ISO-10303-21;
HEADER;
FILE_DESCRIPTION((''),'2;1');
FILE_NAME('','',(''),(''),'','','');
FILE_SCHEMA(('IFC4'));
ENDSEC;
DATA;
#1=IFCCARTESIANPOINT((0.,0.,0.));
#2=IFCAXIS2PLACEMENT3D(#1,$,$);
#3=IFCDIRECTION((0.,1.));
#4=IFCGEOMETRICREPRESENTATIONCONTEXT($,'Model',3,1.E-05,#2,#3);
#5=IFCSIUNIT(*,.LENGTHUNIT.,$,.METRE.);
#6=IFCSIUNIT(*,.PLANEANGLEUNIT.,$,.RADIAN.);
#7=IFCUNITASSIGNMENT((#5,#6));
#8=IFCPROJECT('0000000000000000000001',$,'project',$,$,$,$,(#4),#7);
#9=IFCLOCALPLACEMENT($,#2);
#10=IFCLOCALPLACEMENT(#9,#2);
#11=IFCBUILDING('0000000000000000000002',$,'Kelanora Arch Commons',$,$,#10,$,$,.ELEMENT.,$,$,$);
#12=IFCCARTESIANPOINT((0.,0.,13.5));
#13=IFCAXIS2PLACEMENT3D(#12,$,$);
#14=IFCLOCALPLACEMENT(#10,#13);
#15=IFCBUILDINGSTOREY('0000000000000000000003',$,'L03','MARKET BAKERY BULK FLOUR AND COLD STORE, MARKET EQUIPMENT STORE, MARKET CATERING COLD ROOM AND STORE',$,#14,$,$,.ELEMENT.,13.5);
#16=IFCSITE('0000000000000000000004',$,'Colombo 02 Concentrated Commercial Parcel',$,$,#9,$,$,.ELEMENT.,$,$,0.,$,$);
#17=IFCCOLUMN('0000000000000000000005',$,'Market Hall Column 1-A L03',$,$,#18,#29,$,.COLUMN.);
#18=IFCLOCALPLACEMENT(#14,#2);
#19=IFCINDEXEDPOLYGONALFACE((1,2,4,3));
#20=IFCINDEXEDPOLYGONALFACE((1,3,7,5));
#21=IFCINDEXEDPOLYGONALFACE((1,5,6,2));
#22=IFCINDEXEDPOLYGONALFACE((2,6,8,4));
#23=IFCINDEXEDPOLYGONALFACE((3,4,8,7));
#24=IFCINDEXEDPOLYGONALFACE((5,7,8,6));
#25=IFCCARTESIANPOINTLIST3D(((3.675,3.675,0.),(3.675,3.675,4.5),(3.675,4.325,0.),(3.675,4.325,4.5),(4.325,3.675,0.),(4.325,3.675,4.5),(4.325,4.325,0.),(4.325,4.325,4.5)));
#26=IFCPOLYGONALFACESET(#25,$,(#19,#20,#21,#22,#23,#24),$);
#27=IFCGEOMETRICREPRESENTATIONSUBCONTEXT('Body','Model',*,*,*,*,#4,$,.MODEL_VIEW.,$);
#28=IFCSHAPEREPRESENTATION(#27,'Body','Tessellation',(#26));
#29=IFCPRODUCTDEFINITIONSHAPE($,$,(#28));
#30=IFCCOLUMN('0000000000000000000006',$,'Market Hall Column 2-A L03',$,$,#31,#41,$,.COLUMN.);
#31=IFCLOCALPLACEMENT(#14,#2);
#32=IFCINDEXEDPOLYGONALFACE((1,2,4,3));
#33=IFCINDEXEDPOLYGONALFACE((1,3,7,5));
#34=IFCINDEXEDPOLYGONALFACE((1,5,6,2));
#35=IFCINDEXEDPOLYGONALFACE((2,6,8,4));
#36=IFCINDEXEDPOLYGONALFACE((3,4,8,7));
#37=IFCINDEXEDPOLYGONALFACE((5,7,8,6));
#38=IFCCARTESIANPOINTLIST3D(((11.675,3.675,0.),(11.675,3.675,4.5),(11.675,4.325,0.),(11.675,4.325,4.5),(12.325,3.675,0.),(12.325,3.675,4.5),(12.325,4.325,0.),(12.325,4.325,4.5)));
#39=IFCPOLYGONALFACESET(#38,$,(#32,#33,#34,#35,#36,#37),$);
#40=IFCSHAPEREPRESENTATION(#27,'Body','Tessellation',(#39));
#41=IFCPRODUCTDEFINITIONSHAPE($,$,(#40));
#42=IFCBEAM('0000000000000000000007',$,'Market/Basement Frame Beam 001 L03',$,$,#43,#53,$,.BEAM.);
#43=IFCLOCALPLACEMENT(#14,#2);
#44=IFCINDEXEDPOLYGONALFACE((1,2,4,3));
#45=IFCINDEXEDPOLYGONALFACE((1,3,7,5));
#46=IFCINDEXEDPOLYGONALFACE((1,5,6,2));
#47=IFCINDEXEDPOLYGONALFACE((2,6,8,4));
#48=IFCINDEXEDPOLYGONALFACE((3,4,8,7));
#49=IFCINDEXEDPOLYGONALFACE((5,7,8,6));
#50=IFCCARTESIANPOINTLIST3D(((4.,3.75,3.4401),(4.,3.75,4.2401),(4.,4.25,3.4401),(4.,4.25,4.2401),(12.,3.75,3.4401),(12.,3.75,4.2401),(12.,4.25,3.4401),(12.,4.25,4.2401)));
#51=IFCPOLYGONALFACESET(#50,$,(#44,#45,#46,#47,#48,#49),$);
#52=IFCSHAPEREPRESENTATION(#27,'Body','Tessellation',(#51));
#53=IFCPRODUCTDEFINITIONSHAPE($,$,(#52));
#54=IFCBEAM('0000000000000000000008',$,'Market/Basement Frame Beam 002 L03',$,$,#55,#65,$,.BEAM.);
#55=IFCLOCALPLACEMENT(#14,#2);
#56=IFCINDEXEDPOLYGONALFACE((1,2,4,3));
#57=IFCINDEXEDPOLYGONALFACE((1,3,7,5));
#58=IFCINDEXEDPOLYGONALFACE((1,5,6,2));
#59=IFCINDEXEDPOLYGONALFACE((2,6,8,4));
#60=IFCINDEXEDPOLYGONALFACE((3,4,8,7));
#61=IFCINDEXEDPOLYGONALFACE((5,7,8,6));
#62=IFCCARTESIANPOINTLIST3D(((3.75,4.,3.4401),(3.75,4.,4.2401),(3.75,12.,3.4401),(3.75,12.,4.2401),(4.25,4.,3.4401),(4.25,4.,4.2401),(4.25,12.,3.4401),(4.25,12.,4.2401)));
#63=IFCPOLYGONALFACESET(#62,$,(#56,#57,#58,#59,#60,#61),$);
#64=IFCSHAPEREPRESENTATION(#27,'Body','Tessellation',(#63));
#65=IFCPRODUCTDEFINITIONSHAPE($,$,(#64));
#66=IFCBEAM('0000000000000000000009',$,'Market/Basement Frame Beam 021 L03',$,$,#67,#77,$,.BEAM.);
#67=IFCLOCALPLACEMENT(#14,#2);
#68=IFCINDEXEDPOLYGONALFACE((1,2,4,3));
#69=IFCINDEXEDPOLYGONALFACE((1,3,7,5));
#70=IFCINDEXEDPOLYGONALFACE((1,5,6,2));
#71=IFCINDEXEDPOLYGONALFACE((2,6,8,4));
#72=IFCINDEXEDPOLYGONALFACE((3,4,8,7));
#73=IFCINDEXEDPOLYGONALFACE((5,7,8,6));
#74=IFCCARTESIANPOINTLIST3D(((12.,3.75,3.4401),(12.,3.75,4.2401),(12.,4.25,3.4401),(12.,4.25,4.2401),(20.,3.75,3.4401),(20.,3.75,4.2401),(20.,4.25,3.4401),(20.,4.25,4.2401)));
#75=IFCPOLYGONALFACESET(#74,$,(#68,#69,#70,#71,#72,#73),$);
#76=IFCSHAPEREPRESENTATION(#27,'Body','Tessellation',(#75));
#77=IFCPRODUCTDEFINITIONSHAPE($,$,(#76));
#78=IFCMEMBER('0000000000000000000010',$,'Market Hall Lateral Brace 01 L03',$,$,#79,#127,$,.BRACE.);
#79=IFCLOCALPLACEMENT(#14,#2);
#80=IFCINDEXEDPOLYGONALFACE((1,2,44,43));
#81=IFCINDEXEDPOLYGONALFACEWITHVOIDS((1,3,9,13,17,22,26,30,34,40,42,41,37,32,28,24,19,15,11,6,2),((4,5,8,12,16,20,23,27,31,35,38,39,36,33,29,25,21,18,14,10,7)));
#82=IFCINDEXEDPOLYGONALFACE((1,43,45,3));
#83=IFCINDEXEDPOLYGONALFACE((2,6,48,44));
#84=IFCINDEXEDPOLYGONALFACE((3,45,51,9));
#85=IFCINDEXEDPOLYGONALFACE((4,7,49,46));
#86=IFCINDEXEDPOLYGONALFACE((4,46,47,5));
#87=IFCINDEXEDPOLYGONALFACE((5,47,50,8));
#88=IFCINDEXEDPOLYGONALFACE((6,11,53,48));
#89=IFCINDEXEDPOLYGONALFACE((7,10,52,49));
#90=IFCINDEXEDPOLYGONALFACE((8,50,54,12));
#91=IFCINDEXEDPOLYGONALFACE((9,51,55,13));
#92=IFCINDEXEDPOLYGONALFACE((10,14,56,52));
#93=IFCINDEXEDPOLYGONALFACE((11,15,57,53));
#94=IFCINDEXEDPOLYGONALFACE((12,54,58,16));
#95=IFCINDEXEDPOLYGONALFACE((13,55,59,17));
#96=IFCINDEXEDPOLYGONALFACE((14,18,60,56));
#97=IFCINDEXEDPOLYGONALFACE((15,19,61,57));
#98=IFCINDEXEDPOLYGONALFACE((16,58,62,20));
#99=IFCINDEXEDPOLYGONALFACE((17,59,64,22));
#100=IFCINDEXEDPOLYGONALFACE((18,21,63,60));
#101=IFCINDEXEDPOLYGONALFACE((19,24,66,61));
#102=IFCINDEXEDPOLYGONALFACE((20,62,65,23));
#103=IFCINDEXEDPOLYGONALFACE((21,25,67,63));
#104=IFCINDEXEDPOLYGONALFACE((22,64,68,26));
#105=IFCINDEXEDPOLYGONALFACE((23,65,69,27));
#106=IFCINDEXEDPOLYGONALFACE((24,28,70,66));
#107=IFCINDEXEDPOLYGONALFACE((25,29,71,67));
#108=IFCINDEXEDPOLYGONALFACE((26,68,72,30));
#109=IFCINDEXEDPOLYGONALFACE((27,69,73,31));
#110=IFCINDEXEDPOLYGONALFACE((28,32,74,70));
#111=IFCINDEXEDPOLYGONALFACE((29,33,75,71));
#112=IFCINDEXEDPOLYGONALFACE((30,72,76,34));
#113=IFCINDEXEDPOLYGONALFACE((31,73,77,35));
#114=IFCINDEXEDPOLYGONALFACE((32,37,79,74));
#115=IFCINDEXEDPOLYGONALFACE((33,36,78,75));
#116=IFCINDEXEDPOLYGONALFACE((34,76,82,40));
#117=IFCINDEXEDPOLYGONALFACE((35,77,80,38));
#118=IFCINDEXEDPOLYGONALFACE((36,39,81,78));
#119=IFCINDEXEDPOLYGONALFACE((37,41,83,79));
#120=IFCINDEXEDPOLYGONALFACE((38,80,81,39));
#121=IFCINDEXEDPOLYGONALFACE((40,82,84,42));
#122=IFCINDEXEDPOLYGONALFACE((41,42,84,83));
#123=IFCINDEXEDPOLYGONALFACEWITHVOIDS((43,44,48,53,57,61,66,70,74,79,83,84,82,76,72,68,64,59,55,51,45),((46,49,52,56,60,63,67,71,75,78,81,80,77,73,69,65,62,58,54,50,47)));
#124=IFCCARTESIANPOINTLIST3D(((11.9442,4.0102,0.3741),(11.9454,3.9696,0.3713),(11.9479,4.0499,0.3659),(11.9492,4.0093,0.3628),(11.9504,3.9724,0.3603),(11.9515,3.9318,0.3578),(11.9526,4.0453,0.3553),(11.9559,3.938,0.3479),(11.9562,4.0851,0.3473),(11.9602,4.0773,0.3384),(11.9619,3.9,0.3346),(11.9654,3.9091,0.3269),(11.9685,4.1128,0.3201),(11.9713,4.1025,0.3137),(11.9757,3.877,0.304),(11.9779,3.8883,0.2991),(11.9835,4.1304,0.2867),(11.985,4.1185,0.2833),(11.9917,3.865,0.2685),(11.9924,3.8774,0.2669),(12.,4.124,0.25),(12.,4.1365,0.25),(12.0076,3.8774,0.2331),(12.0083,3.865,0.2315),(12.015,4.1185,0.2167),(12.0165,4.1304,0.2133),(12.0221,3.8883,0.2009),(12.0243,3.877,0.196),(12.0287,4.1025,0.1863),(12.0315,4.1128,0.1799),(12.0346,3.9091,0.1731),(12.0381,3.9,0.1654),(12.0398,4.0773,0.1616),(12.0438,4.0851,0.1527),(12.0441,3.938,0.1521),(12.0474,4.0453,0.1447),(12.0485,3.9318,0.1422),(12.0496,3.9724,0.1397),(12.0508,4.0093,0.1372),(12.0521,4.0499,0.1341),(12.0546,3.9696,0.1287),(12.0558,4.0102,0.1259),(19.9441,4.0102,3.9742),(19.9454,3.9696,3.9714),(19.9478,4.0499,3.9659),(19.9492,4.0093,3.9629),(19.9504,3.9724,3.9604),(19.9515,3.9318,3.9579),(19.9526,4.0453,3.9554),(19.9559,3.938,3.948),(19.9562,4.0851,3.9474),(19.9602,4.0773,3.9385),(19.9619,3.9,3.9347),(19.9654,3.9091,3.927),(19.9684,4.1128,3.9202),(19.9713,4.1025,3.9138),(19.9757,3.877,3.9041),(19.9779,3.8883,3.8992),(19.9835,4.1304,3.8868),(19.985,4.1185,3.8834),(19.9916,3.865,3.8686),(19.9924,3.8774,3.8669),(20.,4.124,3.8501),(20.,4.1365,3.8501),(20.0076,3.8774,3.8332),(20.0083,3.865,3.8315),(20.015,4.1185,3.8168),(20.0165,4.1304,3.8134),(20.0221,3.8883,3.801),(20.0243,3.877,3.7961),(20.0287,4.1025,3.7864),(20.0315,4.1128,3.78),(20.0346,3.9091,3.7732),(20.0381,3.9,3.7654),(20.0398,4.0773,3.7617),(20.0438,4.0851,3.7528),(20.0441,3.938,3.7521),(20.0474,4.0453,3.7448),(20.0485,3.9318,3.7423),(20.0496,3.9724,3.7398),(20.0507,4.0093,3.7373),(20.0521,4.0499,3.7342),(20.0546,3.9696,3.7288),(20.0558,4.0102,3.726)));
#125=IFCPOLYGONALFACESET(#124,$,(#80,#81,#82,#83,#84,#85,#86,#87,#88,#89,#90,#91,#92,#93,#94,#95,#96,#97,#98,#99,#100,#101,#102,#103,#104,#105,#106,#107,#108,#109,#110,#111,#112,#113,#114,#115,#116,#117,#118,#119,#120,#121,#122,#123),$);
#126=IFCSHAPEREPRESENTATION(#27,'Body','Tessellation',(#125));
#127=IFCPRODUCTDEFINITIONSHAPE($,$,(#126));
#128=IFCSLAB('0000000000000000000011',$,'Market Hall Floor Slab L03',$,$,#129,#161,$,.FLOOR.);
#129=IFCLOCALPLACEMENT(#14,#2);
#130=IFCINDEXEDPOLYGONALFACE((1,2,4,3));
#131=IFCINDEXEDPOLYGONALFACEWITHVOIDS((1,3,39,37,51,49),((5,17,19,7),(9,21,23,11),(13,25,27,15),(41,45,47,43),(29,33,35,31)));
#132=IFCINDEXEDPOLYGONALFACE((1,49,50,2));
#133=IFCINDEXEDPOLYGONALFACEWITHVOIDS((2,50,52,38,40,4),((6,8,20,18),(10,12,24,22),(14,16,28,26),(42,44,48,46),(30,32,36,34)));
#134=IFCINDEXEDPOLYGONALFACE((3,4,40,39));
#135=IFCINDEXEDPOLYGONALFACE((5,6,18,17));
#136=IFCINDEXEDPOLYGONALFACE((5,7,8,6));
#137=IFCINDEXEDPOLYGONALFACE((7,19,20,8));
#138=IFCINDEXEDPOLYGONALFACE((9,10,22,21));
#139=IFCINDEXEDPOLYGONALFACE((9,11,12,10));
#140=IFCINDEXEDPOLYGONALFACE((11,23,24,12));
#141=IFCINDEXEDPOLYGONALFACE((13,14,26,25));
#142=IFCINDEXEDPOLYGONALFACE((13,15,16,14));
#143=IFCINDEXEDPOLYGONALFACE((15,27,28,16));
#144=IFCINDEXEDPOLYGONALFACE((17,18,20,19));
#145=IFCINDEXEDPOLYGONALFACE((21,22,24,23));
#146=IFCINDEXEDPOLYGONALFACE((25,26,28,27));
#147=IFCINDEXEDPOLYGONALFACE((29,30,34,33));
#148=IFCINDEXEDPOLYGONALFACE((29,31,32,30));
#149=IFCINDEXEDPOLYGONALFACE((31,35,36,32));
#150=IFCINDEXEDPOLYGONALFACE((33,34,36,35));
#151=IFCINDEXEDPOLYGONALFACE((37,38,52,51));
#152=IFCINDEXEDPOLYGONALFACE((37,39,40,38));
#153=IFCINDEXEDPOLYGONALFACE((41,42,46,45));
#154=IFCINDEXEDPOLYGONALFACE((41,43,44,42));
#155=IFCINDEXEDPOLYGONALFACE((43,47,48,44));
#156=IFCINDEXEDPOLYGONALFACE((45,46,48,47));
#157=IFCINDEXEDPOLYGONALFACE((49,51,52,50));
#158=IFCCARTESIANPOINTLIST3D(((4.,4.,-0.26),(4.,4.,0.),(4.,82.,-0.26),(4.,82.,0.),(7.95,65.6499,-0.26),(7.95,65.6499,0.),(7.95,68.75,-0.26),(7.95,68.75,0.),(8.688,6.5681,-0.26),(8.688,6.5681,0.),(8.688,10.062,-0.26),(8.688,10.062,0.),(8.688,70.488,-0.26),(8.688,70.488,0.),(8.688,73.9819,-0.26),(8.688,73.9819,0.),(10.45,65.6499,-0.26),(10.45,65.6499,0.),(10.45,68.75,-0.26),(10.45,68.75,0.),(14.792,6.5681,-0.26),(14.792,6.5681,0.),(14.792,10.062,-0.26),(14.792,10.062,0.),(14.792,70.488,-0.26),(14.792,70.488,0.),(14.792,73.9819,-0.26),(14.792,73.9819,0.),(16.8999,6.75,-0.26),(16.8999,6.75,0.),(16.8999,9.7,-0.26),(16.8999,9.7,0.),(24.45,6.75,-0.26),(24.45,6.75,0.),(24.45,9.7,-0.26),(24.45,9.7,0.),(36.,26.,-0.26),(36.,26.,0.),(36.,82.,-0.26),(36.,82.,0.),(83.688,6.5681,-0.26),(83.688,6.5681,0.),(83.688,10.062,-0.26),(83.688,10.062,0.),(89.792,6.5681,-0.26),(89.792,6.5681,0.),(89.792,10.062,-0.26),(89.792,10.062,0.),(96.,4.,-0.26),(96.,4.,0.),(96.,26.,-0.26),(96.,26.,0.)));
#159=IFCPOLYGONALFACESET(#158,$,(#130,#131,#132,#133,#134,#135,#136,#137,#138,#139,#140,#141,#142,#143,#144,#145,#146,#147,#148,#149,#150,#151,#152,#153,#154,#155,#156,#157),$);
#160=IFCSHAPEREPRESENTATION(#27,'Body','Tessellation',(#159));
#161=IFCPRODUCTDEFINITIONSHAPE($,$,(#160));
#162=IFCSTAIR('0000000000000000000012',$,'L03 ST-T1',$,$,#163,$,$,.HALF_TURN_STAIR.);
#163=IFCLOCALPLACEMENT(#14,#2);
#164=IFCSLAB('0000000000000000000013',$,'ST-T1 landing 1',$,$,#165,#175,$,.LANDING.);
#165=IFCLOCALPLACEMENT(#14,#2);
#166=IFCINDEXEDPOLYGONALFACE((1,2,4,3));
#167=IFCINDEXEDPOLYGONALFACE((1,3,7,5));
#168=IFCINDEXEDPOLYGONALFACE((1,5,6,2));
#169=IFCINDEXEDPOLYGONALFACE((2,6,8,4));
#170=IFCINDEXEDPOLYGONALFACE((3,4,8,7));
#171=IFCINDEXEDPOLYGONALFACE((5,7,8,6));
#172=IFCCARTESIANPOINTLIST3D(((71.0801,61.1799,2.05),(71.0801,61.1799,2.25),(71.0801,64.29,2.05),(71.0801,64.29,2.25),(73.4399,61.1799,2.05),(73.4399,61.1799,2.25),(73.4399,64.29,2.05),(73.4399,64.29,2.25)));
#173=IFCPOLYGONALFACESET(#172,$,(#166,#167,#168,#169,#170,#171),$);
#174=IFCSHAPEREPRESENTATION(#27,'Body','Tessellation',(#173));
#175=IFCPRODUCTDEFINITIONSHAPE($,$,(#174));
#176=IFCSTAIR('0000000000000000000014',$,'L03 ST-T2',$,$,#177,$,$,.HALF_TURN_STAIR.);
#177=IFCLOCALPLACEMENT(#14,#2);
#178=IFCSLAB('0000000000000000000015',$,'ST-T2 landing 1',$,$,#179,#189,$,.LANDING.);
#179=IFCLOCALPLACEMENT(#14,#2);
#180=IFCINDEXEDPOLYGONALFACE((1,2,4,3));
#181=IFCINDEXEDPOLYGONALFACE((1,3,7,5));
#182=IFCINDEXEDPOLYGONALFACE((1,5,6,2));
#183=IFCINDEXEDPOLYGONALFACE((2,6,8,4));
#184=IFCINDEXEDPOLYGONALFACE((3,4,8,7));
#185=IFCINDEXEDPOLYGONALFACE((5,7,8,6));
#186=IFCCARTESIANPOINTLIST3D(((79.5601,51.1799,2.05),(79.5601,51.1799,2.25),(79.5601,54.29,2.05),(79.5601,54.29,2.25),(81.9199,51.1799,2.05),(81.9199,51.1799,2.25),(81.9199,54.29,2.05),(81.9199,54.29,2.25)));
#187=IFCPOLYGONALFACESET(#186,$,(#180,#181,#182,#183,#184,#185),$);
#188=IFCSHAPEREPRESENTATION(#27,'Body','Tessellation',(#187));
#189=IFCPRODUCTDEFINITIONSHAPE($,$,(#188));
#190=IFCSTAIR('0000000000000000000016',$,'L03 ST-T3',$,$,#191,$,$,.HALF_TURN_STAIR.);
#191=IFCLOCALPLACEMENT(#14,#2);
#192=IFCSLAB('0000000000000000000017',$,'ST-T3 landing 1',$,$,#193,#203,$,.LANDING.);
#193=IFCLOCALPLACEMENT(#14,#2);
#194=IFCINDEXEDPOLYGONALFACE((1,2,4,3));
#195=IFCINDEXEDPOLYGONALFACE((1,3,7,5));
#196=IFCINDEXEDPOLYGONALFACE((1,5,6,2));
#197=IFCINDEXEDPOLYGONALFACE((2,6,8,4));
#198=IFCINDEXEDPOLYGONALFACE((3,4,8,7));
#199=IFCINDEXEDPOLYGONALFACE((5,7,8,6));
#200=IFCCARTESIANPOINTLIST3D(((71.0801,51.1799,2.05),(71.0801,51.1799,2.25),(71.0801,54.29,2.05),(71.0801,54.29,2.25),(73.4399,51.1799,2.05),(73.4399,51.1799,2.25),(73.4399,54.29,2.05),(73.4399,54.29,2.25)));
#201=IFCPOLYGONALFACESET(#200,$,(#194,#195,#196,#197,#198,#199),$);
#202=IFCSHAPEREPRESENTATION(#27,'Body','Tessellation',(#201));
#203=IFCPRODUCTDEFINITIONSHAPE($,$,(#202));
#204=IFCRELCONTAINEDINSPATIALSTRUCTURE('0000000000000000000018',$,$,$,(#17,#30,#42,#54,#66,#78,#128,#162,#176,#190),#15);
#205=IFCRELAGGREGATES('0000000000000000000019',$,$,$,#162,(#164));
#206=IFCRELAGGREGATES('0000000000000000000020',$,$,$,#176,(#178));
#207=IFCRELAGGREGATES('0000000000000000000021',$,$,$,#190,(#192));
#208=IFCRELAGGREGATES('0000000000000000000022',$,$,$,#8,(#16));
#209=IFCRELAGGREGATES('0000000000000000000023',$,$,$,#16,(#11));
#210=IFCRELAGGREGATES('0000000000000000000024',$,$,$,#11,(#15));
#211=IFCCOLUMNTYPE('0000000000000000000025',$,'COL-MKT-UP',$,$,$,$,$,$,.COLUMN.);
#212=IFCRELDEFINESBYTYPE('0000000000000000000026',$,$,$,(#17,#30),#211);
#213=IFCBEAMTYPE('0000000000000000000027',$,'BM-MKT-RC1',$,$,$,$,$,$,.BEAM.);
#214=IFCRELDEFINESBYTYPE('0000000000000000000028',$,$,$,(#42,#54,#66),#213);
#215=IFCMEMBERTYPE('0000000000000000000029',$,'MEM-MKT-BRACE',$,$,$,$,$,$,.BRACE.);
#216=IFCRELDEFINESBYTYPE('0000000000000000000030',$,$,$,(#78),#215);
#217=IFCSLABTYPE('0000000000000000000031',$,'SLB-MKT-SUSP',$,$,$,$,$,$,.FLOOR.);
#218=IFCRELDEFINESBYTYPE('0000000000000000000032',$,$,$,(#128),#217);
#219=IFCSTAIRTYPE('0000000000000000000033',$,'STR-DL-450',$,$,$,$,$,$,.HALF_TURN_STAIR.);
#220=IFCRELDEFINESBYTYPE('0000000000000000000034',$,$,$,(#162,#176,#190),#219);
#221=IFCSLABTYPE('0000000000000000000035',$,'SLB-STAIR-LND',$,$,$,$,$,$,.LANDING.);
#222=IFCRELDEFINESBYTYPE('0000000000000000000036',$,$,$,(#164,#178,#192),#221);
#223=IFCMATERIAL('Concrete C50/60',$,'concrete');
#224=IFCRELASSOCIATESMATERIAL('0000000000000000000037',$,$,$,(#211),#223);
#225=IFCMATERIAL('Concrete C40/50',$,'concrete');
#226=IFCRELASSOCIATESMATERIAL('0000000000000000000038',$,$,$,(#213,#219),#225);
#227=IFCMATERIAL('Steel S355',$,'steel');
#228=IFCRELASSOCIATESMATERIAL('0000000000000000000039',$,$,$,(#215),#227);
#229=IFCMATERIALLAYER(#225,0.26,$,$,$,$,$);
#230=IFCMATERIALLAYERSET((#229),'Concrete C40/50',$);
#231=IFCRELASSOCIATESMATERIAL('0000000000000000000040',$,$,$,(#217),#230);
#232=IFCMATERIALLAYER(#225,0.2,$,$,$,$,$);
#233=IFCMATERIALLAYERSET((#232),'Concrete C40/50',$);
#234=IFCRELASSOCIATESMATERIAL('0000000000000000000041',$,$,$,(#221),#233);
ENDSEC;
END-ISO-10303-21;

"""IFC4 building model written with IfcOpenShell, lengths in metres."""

from ifc_helpers import new_model, si_unit, direction, frame, origin, origin_2d, place, context, subcontext, project, spatial, polyline, rectangle, hollow_circle, outline, extrude, material, layer, layer_set, material_profile, profile_set, type_object, element, aggregate, save


model = new_model("IFC4")

# Units and contexts
model_context = context("Model", 3, precision=1e-05, world=origin(), true_north=direction((0.0, 1.0)))
body_context = subcontext(model_context, "Body", "Model", "MODEL_VIEW")
ifc_project = project(units=[si_unit("LENGTHUNIT", "METRE"), si_unit("PLANEANGLEUNIT", "RADIAN")], contexts=[model_context])

# Site, building, storey
site_placement = place(None, origin())
site = spatial("IfcSite", under=ifc_project, at=site_placement, Name="Colombo 02 Concentrated Commercial Parcel", CompositionType="ELEMENT", RefElevation=0.0)
building_placement = place(site_placement, origin())
building = spatial("IfcBuilding", under=site, at=building_placement, Name="Kelanora Arch Commons", CompositionType="ELEMENT")
storey_placement = place(building_placement, frame((0.0, 0.0, 13.5)))
storey = spatial("IfcBuildingStorey", under=building, at=storey_placement, Name="L03", Description="MARKET BAKERY BULK FLOUR AND COLD STORE, MARKET EQUIPMENT STORE, MARKET CATERING COLD ROOM AND STORE", CompositionType="ELEMENT", Elevation=13.5)

# Columns
ifc_material_1 = material(Name="Concrete C50/60", Category="concrete")
ifc_material_profile_1 = material_profile(ifc_material_1, rectangle(XDim=0.6499, YDim=0.6499, at=origin_2d()), Name="RC650x650")
ifc_profile_set_1 = profile_set([ifc_material_profile_1], Name="Concrete C50/60")
column_type = type_object("IfcColumnType", Name="COL-MKT-UP", PredefinedType="COLUMN", material=ifc_profile_set_1)
for number, where, z_axis, x_axis, name in (
    (1, (4.0, 4.0, 0.0), (0.0, 0.0, 1.0), (1.0, 0.0, 0.0), "Market Hall Column 1-A L03"),
    (2, (12.0, 4.0, 0.0), (0.0, 0.0, 1.0), (1.0, 0.0, 0.0), "Market Hall Column 2-A L03"),
):
    element("IfcColumn", number, at=place(storey_placement, frame(where, z_axis=z_axis, x_axis=x_axis)), inside=storey, type_object=column_type, Name=name, PredefinedType="COLUMN", context=body_context, shape_type="SweptSolid", body=[
        extrude(rectangle(XDim=0.6499, YDim=0.6499, at=origin_2d()), origin(), (0.0, 0.0, 1.0), 4.5),
    ])

# Beams
ifc_material_2 = material(Name="Concrete C40/50", Category="concrete")
ifc_material_profile_2 = material_profile(ifc_material_2, rectangle(XDim=0.5, YDim=0.8, at=origin_2d()), Name="RCB500x800")
ifc_profile_set_2 = profile_set([ifc_material_profile_2], Name="Concrete C40/50")
beam_type = type_object("IfcBeamType", Name="BM-MKT-RC1", PredefinedType="BEAM", material=ifc_profile_set_2)
for number, where, z_axis, x_axis, name in (
    (3, (4.0, 4.0, 3.8401), (1.0, 0.0, 0.0), (0.0, 1.0, 0.0), "Market/Basement Frame Beam 001 L03"),
    (4, (4.0, 4.0, 3.8401), (0.0, 1.0, 0.0), (-1.0, 0.0, 0.0), "Market/Basement Frame Beam 002 L03"),
    (5, (12.0, 4.0, 3.8401), (1.0, 0.0, 0.0), (0.0, 1.0, 0.0), "Market/Basement Frame Beam 021 L03"),
):
    element("IfcBeam", number, at=place(storey_placement, frame(where, z_axis=z_axis, x_axis=x_axis)), inside=storey, type_object=beam_type, Name=name, PredefinedType="BEAM", context=body_context, shape_type="SweptSolid", body=[
        extrude(rectangle(XDim=0.5, YDim=0.8, at=origin_2d()), origin(), (0.0, 0.0, 1.0), 8.0),
    ])

# Member
ifc_material_3 = material(Name="Steel S355", Category="steel")
ifc_material_profile_3 = material_profile(ifc_material_3, hollow_circle(Radius=0.1365, WallThickness=0.0125, at=origin_2d()), Name="CHS273x12.5")
ifc_profile_set_3 = profile_set([ifc_material_profile_3], Name="Steel S355")
member_type = type_object("IfcMemberType", Name="MEM-MKT-BRACE", PredefinedType="BRACE", material=ifc_profile_set_3)
member_placement = place(storey_placement, frame((12.0, 4.0, 0.25), z_axis=(0.911917, 0.0, 0.410374), x_axis=(0.0, 1.0, 0.0)))
element("IfcMember", 6, at=member_placement, inside=storey, type_object=member_type, Name="Market Hall Lateral Brace 01 L03", PredefinedType="BRACE", context=body_context, shape_type="SweptSolid", body=[
    extrude(hollow_circle(Radius=0.1365, WallThickness=0.0125, at=origin_2d()), origin(), (0.0, 0.0, 1.0), 8.7727),
])

# Slab
ifc_layer_1 = layer(ifc_material_2, 0.26)
ifc_layer_set_1 = layer_set([ifc_layer_1], Name="Concrete C40/50")
slab_type_1 = type_object("IfcSlabType", Name="SLB-MKT-SUSP", PredefinedType="FLOOR", material=ifc_layer_set_1)
slab_1_placement = place(storey_placement, frame((0.0, 0.0, -0.26)))
element("IfcSlab", 7, at=slab_1_placement, inside=storey, type_object=slab_type_1, Name="Market Hall Floor Slab L03", PredefinedType="FLOOR", context=body_context, shape_type="SweptSolid", body=[
    extrude(outline(polyline([(4.0, 4.0), (96.0, 4.0), (96.0, 26.0), (36.0, 26.0), (36.0, 82.0), (4.0, 82.0), (4.0, 4.0)]), holes=[polyline([(24.45, 6.75), (16.8999, 6.75), (16.8999, 9.7), (24.45, 9.7), (24.45, 6.75)]), polyline([(14.792, 6.5681), (8.688, 6.5681), (8.688, 10.062), (14.792, 10.062), (14.792, 6.5681)]), polyline([(89.792, 6.5681), (83.688, 6.5681), (83.688, 10.062), (89.792, 10.062), (89.792, 6.5681)]), polyline([(7.95, 65.6499), (7.95, 68.75), (10.45, 68.75), (10.45, 65.6499), (7.95, 65.6499)]), polyline([(8.688, 70.488), (8.688, 73.9819), (14.792, 73.9819), (14.792, 70.488), (8.688, 70.488)])]), origin(), (0.0, 0.0, 1.0), 0.26),
])

# Stairs, slabs
stair_type = type_object("IfcStairType", Name="STR-DL-450", PredefinedType="HALF_TURN_STAIR", material=ifc_material_2)
stair_1_placement = place(storey_placement, origin())
stair_1 = element("IfcStair", 8, at=stair_1_placement, inside=storey, type_object=stair_type, Name="L03 ST-T1", PredefinedType="HALF_TURN_STAIR")
ifc_layer_2 = layer(ifc_material_2, 0.2)
ifc_layer_set_2 = layer_set([ifc_layer_2], Name="Concrete C40/50")
slab_type_2 = type_object("IfcSlabType", Name="SLB-STAIR-LND", PredefinedType="LANDING", material=ifc_layer_set_2)
slab_2_placement = place(storey_placement, frame((0.0, 0.0, 2.05)))
slab_2 = element("IfcSlab", 9, at=slab_2_placement, type_object=slab_type_2, Name="ST-T1 landing 1", PredefinedType="LANDING", context=body_context, shape_type="SweptSolid", body=[
    extrude(outline(polyline([(71.0801, 61.1799), (73.4399, 61.1799), (73.4399, 64.29), (71.0801, 64.29), (71.0801, 61.1799)])), origin(), (0.0, 0.0, 1.0), 0.2),
])
aggregate(stair_1, [slab_2])
stair_2_placement = place(storey_placement, origin())
stair_2 = element("IfcStair", 10, at=stair_2_placement, inside=storey, type_object=stair_type, Name="L03 ST-T2", PredefinedType="HALF_TURN_STAIR")
slab_3_placement = place(storey_placement, frame((0.0, 0.0, 2.05)))
slab_3 = element("IfcSlab", 11, at=slab_3_placement, type_object=slab_type_2, Name="ST-T2 landing 1", PredefinedType="LANDING", context=body_context, shape_type="SweptSolid", body=[
    extrude(outline(polyline([(79.5601, 51.1799), (81.9199, 51.1799), (81.9199, 54.29), (79.5601, 54.29), (79.5601, 51.1799)])), origin(), (0.0, 0.0, 1.0), 0.2),
])
aggregate(stair_2, [slab_3])
stair_3_placement = place(storey_placement, origin())
stair_3 = element("IfcStair", 12, at=stair_3_placement, inside=storey, type_object=stair_type, Name="L03 ST-T3", PredefinedType="HALF_TURN_STAIR")
slab_4_placement = place(storey_placement, frame((0.0, 0.0, 2.05)))
slab_4 = element("IfcSlab", 13, at=slab_4_placement, type_object=slab_type_2, Name="ST-T3 landing 1", PredefinedType="LANDING", context=body_context, shape_type="SweptSolid", body=[
    extrude(outline(polyline([(71.0801, 51.1799), (73.4399, 51.1799), (73.4399, 54.29), (71.0801, 54.29), (71.0801, 51.1799)])), origin(), (0.0, 0.0, 1.0), 0.2),
])
aggregate(stair_3, [slab_4])

save(model, "model.ifc")
